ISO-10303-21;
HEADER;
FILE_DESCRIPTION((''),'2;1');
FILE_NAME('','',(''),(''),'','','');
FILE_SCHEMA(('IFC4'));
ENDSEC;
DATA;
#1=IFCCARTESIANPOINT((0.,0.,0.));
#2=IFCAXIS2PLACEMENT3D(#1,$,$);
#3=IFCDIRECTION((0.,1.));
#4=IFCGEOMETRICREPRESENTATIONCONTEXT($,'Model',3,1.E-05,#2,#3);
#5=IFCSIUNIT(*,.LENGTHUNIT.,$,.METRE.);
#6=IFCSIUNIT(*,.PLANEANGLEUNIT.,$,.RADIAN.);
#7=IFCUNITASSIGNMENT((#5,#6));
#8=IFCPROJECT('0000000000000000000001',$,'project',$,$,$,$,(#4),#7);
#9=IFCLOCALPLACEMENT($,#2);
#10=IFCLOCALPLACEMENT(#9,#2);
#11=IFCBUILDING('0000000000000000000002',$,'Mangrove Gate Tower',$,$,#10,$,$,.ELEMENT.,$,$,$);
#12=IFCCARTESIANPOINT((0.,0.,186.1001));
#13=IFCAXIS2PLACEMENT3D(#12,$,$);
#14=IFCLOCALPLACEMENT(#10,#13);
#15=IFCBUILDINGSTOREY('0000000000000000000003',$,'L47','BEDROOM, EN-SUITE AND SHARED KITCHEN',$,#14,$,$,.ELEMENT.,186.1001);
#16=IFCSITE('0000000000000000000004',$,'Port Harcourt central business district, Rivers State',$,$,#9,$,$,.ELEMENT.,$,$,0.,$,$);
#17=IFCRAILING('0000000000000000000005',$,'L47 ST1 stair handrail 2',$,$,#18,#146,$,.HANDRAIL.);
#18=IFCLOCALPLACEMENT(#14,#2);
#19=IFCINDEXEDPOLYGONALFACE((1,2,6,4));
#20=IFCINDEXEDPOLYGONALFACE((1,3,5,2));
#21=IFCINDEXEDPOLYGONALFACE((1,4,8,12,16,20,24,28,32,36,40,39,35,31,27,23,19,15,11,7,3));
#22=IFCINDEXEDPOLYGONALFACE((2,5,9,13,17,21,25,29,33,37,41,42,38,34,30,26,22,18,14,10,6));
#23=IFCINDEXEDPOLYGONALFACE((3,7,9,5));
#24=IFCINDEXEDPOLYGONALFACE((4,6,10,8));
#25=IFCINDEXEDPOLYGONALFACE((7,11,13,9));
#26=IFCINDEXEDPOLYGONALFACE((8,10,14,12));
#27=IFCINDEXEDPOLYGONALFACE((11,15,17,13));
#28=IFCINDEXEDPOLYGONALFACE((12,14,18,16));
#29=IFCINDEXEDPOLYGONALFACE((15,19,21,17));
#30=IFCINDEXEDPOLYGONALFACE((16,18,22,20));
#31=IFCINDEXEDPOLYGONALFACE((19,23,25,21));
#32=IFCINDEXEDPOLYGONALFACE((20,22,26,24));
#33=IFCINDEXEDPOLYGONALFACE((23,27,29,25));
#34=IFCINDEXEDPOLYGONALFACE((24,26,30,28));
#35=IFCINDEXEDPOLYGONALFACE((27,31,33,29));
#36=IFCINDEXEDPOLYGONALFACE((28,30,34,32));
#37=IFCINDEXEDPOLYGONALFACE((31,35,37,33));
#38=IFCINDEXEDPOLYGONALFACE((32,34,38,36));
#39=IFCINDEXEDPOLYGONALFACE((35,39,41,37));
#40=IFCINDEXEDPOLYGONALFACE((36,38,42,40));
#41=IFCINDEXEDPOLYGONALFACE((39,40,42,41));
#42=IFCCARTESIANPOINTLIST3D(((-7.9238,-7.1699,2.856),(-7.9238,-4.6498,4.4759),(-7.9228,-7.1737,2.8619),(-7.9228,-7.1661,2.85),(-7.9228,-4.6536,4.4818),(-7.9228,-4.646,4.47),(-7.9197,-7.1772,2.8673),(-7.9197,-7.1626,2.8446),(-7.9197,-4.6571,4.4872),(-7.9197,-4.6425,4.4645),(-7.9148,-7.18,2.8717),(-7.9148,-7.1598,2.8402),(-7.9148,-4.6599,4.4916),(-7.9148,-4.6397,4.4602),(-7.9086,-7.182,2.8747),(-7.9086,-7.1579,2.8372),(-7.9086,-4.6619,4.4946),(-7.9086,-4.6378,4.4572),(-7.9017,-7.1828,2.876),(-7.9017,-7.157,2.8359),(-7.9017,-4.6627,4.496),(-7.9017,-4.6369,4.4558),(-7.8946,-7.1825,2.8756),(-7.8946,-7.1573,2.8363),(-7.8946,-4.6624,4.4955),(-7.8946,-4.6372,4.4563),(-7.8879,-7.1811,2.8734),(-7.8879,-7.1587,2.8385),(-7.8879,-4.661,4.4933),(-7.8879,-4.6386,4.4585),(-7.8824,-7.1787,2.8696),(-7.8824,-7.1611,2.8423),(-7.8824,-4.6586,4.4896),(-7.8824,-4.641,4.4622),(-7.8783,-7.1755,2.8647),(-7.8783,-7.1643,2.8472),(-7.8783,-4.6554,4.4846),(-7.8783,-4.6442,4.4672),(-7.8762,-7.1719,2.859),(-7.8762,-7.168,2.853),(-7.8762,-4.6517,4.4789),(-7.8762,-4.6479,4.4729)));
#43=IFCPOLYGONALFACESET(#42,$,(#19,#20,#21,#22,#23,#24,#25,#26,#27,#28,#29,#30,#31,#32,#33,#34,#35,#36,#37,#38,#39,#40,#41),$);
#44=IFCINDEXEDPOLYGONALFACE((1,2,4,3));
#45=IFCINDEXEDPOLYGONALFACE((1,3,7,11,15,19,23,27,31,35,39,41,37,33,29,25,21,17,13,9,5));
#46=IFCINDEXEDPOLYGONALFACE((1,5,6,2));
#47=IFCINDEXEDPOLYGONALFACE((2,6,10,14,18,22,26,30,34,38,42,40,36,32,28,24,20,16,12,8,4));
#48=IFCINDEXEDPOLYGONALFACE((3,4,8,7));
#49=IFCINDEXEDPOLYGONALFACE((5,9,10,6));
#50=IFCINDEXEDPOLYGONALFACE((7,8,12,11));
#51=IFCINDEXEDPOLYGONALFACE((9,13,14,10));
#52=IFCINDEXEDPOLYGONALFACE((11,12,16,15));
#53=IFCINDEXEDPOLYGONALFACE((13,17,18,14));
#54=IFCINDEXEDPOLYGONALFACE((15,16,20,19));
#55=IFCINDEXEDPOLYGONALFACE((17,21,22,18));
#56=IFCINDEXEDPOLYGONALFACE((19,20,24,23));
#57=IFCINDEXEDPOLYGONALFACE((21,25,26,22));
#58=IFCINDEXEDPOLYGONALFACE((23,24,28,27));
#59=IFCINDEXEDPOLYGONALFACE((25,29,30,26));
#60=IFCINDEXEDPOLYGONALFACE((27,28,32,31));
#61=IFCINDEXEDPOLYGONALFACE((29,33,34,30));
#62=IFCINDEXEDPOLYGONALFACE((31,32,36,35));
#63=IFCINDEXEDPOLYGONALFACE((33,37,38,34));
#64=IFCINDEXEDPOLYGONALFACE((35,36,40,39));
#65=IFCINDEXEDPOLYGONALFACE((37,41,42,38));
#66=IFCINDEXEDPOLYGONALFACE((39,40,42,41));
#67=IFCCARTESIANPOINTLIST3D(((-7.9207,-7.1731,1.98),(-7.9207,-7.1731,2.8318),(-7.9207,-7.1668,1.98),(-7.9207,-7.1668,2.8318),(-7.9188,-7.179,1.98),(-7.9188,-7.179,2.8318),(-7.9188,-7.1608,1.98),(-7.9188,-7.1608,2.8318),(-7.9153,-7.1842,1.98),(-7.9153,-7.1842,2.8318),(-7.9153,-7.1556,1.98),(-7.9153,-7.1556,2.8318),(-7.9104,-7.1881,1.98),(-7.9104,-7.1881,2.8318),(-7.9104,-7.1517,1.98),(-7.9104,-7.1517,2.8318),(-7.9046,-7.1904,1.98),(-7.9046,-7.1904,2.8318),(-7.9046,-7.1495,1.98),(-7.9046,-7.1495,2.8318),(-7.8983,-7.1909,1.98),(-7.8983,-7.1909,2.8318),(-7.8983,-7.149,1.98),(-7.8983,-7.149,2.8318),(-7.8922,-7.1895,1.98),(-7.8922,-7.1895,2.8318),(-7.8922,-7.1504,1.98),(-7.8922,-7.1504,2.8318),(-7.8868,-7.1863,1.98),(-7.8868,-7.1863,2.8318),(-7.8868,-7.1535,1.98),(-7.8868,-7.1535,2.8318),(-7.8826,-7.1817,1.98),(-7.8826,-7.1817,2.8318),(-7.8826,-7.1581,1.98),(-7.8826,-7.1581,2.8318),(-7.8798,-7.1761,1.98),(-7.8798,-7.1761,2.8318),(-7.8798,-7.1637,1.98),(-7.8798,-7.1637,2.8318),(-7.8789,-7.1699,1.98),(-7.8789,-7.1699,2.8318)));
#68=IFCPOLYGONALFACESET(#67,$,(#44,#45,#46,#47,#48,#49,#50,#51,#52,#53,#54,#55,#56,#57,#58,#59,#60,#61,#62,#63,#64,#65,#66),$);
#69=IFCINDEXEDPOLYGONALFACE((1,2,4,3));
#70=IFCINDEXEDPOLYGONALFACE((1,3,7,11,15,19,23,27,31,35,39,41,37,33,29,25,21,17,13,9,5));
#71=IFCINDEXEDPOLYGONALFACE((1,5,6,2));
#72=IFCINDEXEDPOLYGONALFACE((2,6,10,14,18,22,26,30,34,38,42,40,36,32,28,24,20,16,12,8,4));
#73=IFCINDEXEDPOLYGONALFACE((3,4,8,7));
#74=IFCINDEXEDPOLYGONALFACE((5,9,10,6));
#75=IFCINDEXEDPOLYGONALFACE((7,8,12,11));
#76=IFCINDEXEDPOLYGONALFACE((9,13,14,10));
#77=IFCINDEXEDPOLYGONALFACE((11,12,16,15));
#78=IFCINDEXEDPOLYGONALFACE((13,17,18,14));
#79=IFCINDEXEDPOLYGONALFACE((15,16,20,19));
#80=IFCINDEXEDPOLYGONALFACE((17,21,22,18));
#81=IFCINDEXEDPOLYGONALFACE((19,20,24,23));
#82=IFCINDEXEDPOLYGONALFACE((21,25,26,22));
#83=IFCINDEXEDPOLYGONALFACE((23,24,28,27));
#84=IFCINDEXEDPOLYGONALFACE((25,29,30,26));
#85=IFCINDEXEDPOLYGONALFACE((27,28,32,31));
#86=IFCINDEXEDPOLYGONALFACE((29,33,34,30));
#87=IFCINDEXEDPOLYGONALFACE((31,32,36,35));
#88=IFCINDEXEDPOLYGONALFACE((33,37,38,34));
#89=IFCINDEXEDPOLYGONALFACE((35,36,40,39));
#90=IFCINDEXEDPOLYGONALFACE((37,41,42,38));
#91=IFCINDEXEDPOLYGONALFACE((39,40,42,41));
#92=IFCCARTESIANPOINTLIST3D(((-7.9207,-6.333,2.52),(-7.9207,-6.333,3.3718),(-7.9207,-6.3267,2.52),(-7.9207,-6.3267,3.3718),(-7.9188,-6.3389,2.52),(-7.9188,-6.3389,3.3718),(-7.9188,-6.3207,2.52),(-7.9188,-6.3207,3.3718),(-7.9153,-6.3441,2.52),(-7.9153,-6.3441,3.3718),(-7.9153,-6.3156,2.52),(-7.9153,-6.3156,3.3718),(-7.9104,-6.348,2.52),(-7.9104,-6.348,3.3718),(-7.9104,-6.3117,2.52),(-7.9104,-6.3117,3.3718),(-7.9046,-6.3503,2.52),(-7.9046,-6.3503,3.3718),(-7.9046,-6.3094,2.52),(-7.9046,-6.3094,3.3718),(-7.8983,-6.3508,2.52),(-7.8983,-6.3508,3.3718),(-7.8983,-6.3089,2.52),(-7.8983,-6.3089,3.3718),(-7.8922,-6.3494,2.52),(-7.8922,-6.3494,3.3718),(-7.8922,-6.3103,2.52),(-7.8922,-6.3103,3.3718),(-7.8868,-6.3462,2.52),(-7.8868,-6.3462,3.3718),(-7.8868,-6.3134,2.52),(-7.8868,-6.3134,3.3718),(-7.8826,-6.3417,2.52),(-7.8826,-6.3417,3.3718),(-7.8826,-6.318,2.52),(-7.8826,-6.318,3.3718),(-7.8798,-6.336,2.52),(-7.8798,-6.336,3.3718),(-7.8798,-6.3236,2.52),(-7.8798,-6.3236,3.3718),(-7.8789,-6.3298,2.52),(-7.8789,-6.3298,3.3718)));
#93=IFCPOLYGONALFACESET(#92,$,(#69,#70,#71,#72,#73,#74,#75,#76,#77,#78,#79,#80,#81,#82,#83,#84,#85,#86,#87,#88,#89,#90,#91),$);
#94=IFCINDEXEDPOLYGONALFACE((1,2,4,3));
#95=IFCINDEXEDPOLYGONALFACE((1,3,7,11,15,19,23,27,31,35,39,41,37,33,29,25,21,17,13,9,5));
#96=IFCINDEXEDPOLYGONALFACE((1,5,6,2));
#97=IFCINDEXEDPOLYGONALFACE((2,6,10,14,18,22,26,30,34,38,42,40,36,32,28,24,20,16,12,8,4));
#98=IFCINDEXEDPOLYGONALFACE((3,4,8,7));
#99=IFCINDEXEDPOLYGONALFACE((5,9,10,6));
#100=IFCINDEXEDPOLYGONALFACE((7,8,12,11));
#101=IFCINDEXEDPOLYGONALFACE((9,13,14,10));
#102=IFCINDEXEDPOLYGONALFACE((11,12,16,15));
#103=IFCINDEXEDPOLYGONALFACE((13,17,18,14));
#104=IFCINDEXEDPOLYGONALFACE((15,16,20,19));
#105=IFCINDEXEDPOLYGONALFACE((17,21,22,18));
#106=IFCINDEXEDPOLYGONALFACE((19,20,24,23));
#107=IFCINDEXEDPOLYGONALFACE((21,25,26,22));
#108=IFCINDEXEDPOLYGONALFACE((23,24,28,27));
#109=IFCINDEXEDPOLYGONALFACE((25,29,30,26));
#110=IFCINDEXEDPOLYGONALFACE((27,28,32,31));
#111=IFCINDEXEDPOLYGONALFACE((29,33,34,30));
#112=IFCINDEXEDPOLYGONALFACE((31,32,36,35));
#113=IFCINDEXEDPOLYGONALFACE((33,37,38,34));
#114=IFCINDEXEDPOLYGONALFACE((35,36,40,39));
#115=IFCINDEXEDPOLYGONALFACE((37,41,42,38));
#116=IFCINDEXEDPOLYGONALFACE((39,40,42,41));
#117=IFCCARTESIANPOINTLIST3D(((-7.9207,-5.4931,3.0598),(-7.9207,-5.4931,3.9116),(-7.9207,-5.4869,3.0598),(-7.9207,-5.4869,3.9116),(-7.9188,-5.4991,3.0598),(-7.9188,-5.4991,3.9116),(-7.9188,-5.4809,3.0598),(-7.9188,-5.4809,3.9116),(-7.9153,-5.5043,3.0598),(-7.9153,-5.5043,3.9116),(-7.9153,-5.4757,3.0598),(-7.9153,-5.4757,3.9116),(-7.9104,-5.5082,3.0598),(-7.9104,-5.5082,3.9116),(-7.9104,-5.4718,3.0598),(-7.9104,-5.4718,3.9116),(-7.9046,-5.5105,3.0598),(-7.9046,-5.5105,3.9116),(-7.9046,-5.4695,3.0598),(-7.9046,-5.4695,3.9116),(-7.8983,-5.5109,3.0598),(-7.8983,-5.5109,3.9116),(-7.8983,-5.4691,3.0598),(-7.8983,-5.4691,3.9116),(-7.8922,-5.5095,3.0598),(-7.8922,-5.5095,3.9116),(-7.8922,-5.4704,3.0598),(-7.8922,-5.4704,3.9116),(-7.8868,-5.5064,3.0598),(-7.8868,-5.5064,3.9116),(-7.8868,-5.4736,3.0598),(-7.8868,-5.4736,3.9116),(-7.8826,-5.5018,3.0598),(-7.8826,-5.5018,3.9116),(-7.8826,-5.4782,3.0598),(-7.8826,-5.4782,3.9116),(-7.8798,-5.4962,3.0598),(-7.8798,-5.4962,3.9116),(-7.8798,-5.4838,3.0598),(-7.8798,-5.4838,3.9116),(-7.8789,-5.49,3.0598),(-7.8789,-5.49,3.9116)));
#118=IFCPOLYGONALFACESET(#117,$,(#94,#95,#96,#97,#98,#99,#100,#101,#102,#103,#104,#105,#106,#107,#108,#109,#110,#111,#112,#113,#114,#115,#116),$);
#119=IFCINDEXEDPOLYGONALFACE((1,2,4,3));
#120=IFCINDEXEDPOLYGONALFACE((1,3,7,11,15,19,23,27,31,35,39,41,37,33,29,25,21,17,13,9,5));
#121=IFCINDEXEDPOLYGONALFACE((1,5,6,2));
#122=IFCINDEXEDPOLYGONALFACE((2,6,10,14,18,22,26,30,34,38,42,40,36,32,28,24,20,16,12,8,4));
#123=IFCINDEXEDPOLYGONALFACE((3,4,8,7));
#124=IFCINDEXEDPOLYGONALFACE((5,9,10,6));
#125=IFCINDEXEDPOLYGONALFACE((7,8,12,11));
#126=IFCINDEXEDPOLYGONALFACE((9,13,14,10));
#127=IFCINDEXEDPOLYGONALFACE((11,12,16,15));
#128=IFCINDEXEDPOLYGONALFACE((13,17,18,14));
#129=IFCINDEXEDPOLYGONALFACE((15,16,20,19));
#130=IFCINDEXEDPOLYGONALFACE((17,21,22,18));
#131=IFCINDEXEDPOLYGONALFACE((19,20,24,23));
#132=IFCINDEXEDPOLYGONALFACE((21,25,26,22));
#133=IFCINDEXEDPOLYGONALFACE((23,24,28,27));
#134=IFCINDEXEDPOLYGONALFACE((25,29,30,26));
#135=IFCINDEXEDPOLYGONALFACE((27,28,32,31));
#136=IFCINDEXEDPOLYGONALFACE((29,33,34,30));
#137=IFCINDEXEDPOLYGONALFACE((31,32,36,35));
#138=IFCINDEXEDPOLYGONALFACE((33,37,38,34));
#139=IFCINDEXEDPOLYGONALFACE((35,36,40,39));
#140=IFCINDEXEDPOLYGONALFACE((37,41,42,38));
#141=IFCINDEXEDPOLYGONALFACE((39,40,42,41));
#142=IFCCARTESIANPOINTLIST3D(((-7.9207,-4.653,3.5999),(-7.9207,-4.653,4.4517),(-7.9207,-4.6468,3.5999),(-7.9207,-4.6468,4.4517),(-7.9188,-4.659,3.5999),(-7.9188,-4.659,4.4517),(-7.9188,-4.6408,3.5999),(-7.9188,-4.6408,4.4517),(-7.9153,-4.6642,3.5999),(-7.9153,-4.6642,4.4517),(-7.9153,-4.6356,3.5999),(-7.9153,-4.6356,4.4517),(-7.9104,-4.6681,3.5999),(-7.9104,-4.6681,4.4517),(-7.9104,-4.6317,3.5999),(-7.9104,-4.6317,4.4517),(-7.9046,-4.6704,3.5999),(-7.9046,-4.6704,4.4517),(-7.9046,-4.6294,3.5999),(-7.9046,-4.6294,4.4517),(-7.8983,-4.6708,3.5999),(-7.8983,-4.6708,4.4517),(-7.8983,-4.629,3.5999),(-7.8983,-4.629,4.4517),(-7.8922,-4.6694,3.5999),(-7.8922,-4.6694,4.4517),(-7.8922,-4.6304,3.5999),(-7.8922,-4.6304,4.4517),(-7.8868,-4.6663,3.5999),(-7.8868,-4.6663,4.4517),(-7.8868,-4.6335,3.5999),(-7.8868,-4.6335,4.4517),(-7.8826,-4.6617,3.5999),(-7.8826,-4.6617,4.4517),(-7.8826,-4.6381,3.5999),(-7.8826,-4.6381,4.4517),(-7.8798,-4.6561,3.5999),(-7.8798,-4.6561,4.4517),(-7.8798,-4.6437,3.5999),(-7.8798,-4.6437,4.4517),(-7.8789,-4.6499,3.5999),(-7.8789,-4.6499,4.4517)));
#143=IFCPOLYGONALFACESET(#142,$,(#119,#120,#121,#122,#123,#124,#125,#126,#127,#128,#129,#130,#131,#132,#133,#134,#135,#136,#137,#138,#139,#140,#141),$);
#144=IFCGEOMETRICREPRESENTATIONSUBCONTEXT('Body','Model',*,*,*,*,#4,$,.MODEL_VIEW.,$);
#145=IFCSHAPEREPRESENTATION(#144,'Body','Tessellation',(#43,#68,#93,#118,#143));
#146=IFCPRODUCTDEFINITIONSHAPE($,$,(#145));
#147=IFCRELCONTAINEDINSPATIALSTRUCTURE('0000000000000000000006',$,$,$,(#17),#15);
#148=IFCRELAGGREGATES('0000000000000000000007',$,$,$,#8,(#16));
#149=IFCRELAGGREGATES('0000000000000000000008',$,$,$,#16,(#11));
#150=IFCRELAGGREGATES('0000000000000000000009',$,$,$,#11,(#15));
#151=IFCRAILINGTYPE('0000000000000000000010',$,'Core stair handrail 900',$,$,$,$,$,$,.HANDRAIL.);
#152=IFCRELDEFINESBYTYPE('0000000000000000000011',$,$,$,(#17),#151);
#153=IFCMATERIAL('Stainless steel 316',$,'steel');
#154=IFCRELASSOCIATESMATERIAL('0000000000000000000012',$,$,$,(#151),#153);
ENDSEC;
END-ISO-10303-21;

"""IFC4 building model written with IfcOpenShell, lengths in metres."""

from ifc_helpers import new_model, si_unit, direction, frame, origin, origin_2d, place, context, subcontext, project, spatial, circle, extrude, material, type_object, element, save


model = new_model("IFC4")

# Units and contexts
model_context = context("Model", 3, precision=1e-05, world=origin(), true_north=direction((0.0, 1.0)))
body_context = subcontext(model_context, "Body", "Model", "MODEL_VIEW")
ifc_project = project(units=[si_unit("LENGTHUNIT", "METRE"), si_unit("PLANEANGLEUNIT", "RADIAN")], contexts=[model_context])

# Site, building, storey
site_placement = place(None, origin())
site = spatial("IfcSite", under=ifc_project, at=site_placement, Name="Port Harcourt central business district, Rivers State", CompositionType="ELEMENT", RefElevation=0.0)
building_placement = place(site_placement, origin())
building = spatial("IfcBuilding", under=site, at=building_placement, Name="Mangrove Gate Tower", CompositionType="ELEMENT")
storey_placement = place(building_placement, frame((0.0, 0.0, 186.1001)))
storey = spatial("IfcBuildingStorey", under=building, at=storey_placement, Name="L47", Description="BEDROOM, EN-SUITE AND SHARED KITCHEN", CompositionType="ELEMENT", Elevation=186.1001)

# Railing
ifc_material_1 = material(Name="Stainless steel 316", Category="steel")
railing_type_1 = type_object("IfcRailingType", Name="Core stair handrail 900", PredefinedType="HANDRAIL", material=ifc_material_1)
railing_1_placement = place(storey_placement, frame((-7.8999, -7.1699, 1.98)))
element("IfcRailing", 1, at=railing_1_placement, inside=storey, type_object=railing_type_1, Name="L47 ST1 stair handrail 2", PredefinedType="HANDRAIL", context=body_context, shape_type="SweptSolid", body=[
    extrude(circle(Radius=0.0239, at=origin_2d()), frame((0.0, 0.0, 0.876), z_axis=(0.0, 0.8412, 0.540725), x_axis=(-1.0, 0.0, 0.0)), (0.0, 0.0, 1.0), 2.9958),
    extrude(circle(Radius=0.021, at=origin_2d()), origin(), (0.0, 0.0, 1.0), 0.8518),
    extrude(circle(Radius=0.021, at=origin_2d()), frame((0.0, 0.8401, 0.54)), (0.0, 0.0, 1.0), 0.8518),
    extrude(circle(Radius=0.021, at=origin_2d()), frame((0.0, 1.6799, 1.0798)), (0.0, 0.0, 1.0), 0.8518),
    extrude(circle(Radius=0.021, at=origin_2d()), frame((0.0, 2.52, 1.6199)), (0.0, 0.0, 1.0), 0.8518),
])

save(model, "model.ifc")
